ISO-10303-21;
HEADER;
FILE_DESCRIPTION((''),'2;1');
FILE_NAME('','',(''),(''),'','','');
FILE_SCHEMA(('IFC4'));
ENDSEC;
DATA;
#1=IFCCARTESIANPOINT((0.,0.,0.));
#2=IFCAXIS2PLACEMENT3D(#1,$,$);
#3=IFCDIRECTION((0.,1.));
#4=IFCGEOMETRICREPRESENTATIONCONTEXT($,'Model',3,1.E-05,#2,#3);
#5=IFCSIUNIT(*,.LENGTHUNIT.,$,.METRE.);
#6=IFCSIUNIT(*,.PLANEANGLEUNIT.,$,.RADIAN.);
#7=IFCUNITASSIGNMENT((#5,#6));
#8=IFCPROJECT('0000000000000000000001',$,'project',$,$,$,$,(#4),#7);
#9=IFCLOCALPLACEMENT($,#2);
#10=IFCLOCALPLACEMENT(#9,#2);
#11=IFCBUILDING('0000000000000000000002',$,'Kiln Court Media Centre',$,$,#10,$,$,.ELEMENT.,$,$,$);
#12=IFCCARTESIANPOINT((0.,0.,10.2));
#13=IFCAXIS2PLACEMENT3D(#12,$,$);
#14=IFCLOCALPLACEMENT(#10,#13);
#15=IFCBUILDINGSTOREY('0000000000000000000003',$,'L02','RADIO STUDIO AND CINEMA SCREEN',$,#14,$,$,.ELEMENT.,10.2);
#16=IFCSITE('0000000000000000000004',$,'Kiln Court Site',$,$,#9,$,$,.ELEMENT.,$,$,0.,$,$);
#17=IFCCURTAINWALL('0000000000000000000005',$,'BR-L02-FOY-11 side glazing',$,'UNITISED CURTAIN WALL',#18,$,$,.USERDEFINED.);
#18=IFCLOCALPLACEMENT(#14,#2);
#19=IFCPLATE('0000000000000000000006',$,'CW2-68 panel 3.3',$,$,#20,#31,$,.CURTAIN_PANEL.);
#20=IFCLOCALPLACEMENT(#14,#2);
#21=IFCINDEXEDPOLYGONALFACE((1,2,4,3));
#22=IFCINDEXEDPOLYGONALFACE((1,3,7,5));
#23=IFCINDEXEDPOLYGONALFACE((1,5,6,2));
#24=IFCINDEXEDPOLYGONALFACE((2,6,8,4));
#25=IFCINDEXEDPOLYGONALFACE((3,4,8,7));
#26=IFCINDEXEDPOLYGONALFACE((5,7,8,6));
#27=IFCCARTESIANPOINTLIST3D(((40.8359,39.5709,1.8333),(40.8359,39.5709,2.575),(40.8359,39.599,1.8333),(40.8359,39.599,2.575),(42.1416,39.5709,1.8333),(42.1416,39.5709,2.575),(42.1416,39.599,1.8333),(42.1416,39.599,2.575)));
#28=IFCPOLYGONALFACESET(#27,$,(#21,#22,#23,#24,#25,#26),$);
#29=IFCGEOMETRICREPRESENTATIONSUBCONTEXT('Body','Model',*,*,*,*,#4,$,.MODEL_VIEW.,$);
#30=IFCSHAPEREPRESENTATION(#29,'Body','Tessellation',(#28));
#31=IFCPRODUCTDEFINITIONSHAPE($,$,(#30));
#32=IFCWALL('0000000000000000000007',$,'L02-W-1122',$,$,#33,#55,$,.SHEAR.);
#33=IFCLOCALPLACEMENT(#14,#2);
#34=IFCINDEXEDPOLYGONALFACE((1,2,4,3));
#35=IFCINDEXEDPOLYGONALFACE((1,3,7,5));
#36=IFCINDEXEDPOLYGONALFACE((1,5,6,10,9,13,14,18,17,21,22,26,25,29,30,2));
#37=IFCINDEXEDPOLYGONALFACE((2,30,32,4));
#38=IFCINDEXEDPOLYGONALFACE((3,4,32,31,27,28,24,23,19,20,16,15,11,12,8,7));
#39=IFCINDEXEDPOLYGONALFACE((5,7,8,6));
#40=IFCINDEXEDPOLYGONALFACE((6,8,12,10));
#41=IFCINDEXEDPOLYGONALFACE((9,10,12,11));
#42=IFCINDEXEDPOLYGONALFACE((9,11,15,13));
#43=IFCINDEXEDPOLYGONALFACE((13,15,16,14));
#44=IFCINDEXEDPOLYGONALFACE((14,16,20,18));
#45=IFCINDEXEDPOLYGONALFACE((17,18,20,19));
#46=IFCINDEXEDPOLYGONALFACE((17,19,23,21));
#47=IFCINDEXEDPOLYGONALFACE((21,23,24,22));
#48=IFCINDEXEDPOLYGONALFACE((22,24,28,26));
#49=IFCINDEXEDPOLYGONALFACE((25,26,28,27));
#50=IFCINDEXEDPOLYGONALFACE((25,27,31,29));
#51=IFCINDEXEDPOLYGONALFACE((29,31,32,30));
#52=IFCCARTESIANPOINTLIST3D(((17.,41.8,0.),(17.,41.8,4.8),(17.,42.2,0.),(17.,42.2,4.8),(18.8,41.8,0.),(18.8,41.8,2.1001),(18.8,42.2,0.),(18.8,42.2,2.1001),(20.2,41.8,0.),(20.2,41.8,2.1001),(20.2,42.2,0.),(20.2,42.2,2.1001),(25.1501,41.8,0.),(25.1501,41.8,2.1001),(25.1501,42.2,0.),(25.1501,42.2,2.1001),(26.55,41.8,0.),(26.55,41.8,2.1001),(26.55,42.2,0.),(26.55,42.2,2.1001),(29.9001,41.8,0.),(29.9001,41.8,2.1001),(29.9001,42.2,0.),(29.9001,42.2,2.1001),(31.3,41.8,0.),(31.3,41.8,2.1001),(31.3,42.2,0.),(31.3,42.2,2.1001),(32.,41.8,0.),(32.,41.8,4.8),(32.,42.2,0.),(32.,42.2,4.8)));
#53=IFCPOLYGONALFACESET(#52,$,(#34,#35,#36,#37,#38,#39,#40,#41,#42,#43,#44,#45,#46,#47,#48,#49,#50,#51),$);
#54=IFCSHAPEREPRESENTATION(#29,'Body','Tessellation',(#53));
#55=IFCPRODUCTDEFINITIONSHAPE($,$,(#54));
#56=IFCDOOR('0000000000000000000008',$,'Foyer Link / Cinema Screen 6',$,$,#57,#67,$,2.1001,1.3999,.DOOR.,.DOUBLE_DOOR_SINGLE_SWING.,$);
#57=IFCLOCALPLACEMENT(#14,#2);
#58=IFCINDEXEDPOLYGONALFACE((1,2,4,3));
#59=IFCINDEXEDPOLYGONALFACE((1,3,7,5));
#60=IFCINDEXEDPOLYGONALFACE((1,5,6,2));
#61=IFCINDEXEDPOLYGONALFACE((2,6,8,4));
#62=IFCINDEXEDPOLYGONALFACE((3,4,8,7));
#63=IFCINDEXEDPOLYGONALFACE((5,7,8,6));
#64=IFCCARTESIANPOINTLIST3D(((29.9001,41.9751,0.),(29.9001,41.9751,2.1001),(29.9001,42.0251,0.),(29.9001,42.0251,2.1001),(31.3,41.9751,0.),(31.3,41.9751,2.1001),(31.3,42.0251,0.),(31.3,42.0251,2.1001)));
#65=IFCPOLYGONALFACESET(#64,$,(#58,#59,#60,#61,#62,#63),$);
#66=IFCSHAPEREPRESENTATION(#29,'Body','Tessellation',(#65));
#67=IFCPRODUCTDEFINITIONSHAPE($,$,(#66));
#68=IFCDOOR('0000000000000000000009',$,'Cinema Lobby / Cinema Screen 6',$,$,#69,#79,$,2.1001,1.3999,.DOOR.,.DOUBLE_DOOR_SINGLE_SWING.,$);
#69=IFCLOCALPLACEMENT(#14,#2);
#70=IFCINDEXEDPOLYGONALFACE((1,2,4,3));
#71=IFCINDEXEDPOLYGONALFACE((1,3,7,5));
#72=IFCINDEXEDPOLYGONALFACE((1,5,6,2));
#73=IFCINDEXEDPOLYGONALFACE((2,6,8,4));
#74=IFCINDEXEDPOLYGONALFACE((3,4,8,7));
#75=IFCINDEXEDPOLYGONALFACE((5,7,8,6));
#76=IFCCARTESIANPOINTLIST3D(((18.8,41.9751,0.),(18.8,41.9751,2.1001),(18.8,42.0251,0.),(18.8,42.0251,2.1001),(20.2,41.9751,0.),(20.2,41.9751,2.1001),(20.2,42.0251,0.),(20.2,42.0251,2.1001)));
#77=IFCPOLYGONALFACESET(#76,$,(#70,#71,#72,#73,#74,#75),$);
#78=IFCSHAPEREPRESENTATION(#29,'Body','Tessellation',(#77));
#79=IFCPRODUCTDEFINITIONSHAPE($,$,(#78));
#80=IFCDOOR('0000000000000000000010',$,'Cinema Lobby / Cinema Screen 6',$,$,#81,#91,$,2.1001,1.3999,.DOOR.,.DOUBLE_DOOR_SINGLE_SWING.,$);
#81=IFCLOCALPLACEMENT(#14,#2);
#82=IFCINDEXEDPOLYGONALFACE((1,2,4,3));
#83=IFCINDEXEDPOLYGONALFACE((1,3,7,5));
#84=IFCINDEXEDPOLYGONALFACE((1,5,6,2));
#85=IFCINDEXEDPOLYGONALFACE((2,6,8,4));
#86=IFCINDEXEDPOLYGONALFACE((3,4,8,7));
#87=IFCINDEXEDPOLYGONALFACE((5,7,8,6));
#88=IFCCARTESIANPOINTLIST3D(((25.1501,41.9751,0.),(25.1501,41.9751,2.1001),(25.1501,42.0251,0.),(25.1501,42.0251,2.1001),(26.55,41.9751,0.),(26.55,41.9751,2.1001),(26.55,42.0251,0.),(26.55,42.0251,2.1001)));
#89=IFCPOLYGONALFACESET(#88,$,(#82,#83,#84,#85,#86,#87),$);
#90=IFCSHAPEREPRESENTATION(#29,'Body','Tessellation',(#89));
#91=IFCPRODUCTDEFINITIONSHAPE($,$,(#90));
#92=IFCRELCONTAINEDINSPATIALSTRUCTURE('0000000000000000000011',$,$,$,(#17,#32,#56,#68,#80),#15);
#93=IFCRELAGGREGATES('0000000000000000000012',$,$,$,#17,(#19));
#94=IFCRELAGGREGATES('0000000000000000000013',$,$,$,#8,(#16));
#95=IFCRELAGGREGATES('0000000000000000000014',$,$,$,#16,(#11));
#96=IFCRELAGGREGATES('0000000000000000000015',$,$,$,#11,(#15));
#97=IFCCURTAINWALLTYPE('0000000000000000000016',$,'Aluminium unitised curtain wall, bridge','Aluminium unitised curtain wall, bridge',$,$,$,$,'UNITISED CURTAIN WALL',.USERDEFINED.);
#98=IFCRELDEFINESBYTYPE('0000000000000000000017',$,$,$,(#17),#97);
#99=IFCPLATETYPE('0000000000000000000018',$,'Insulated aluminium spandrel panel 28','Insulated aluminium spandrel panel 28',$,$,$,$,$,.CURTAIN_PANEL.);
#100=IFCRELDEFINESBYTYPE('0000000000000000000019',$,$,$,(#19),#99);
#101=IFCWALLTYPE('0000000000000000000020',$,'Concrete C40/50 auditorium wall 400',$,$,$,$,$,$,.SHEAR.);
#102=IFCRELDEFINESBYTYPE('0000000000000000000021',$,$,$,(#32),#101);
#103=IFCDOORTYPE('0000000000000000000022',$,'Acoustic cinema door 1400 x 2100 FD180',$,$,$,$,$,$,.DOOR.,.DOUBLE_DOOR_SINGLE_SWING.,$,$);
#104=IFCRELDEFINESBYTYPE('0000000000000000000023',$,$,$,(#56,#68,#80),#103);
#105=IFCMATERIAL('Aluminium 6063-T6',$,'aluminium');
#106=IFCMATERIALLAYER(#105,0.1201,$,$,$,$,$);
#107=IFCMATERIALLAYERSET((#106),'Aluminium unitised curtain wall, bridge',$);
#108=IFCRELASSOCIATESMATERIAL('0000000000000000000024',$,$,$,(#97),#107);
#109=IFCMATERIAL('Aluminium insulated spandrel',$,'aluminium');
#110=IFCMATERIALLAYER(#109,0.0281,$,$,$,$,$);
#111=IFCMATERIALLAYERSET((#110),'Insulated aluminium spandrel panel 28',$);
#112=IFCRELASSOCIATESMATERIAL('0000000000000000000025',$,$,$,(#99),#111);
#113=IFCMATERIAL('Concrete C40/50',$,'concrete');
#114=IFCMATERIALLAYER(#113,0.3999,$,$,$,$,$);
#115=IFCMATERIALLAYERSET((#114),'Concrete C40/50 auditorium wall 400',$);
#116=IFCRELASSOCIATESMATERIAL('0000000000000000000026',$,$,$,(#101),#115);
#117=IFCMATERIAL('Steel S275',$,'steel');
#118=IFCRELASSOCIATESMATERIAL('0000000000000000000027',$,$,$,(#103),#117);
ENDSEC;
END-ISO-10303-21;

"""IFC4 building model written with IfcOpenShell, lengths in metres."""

from ifc_helpers import new_model, si_unit, direction, frame, frame_2d, origin, origin_2d, place, context, subcontext, project, spatial, rectangle, extrude, material, layer, layer_set, type_object, element, fill, aggregate, save


model = new_model("IFC4")

# Units and contexts
model_context = context("Model", 3, precision=1e-05, world=origin(), true_north=direction((0.0, 1.0)))
body_context = subcontext(model_context, "Body", "Model", "MODEL_VIEW")
ifc_project = project(units=[si_unit("LENGTHUNIT", "METRE"), si_unit("PLANEANGLEUNIT", "RADIAN")], contexts=[model_context])

# Site, building, storey
site_placement = place(None, origin())
site = spatial("IfcSite", under=ifc_project, at=site_placement, Name="Kiln Court Site", CompositionType="ELEMENT", RefElevation=0.0)
building_placement = place(site_placement, origin())
building = spatial("IfcBuilding", under=site, at=building_placement, Name="Kiln Court Media Centre", CompositionType="ELEMENT")
storey_placement = place(building_placement, frame((0.0, 0.0, 10.2)))
storey = spatial("IfcBuildingStorey", under=building, at=storey_placement, Name="L02", Description="RADIO STUDIO AND CINEMA SCREEN", CompositionType="ELEMENT", Elevation=10.2)

# Curtain wall, plate
ifc_material_1 = material(Name="Aluminium 6063-T6", Category="aluminium")
ifc_layer_1 = layer(ifc_material_1, 0.1201)
ifc_layer_set_1 = layer_set([ifc_layer_1], Name="Aluminium unitised curtain wall, bridge")
curtain_wall_type = type_object("IfcCurtainWallType", Name="Aluminium unitised curtain wall, bridge", Description="Aluminium unitised curtain wall, bridge", ElementType="UNITISED CURTAIN WALL", PredefinedType="USERDEFINED", material=ifc_layer_set_1)
curtain_wall_placement = place(storey_placement, origin())
curtain_wall = element("IfcCurtainWall", 1, at=curtain_wall_placement, inside=storey, type_object=curtain_wall_type, Name="BR-L02-FOY-11 side glazing", ObjectType="UNITISED CURTAIN WALL", PredefinedType="USERDEFINED")
ifc_material_2 = material(Name="Aluminium insulated spandrel", Category="aluminium")
ifc_layer_2 = layer(ifc_material_2, 0.0281)
ifc_layer_set_2 = layer_set([ifc_layer_2], Name="Insulated aluminium spandrel panel 28")
plate_type = type_object("IfcPlateType", Name="Insulated aluminium spandrel panel 28", Description="Insulated aluminium spandrel panel 28", PredefinedType="CURTAIN_PANEL", material=ifc_layer_set_2)
plate_1_placement = place(storey_placement, frame((41.4888, 39.585, 1.8333), z_axis=(0.0, 0.0, 1.0), x_axis=(1.0, 0.0, 0.0)))
plate_1 = element("IfcPlate", 2, at=plate_1_placement, type_object=plate_type, Name="CW2-68 panel 3.3", PredefinedType="CURTAIN_PANEL", context=body_context, shape_type="SweptSolid", body=[
    extrude(rectangle(XDim=1.3057, YDim=0.0281, at=origin_2d()), origin(), (0.0, 0.0, 1.0), 0.7417),
])
aggregate(curtain_wall, [plate_1])

# Wall, openings, doors
ifc_material_3 = material(Name="Concrete C40/50", Category="concrete")
ifc_layer_3 = layer(ifc_material_3, 0.3999)
ifc_layer_set_3 = layer_set([ifc_layer_3], Name="Concrete C40/50 auditorium wall 400")
wall_type = type_object("IfcWallType", Name="Concrete C40/50 auditorium wall 400", PredefinedType="SHEAR", material=ifc_layer_set_3)
wall_placement = place(storey_placement, frame((32.0, 42.0, 0.0), z_axis=(0.0, 0.0, 1.0), x_axis=(-1.0, 0.0, 0.0)))
wall = element("IfcWall", 3, at=wall_placement, inside=storey, type_object=wall_type, Name="L02-W-1122", PredefinedType="SHEAR", context=body_context, shape_type="SweptSolid", body=[
    extrude(rectangle(XDim=15.0, YDim=0.3999, at=frame_2d((7.5, 0.0))), origin(), (0.0, 0.0, 1.0), 4.8),
])
opening_1_placement = place(wall_placement, frame((0.7, 0.0, 0.0)))
opening_1 = element("IfcOpeningElement", 4, at=opening_1_placement, cuts=wall, PredefinedType="OPENING", context=body_context, shape_type="SweptSolid", body=[
    extrude(rectangle(XDim=1.3999, YDim=2.1001, at=frame_2d((0.7, 1.05))), frame((0.0, 0.21, 0.0), z_axis=(0.0, -1.0, 0.0), x_axis=(1.0, 0.0, 0.0)), (0.0, 0.0, 1.0), 0.4199),
])
opening_2_placement = place(wall_placement, frame((11.8, 0.0, 0.0)))
opening_2 = element("IfcOpeningElement", 5, at=opening_2_placement, cuts=wall, PredefinedType="OPENING", context=body_context, shape_type="SweptSolid", body=[
    extrude(rectangle(XDim=1.3999, YDim=2.1001, at=frame_2d((0.7, 1.05))), frame((0.0, 0.21, 0.0), z_axis=(0.0, -1.0, 0.0), x_axis=(1.0, 0.0, 0.0)), (0.0, 0.0, 1.0), 0.4199),
])
opening_3_placement = place(wall_placement, frame((5.45, 0.0, 0.0)))
opening_3 = element("IfcOpeningElement", 6, at=opening_3_placement, cuts=wall, PredefinedType="OPENING", context=body_context, shape_type="SweptSolid", body=[
    extrude(rectangle(XDim=1.3999, YDim=2.1001, at=frame_2d((0.7, 1.05))), frame((0.0, 0.21, 0.0), z_axis=(0.0, -1.0, 0.0), x_axis=(1.0, 0.0, 0.0)), (0.0, 0.0, 1.0), 0.4199),
])
ifc_material_4 = material(Name="Steel S275", Category="steel")
door_type = type_object("IfcDoorType", Name="Acoustic cinema door 1400 x 2100 FD180", OperationType="DOUBLE_DOOR_SINGLE_SWING", PredefinedType="DOOR", material=ifc_material_4)
door_1_placement = place(opening_1_placement, origin())
door_1 = element("IfcDoor", 7, at=door_1_placement, inside=storey, type_object=door_type, Name="Foyer Link / Cinema Screen 6", OperationType="DOUBLE_DOOR_SINGLE_SWING", OverallHeight=2.1001, OverallWidth=1.3999, PredefinedType="DOOR", context=body_context, shape_type="SweptSolid", body=[
    extrude(rectangle(XDim=1.3999, YDim=2.1001, at=frame_2d((0.7, 1.05))), frame((0.0, 0.0249, 0.0), z_axis=(0.0, -1.0, 0.0), x_axis=(1.0, 0.0, 0.0)), (0.0, 0.0, 1.0), 0.05),
])
fill(opening_1, door_1)
door_2_placement = place(opening_2_placement, origin())
door_2 = element("IfcDoor", 8, at=door_2_placement, inside=storey, type_object=door_type, Name="Cinema Lobby / Cinema Screen 6", OperationType="DOUBLE_DOOR_SINGLE_SWING", OverallHeight=2.1001, OverallWidth=1.3999, PredefinedType="DOOR", context=body_context, shape_type="SweptSolid", body=[
    extrude(rectangle(XDim=1.3999, YDim=2.1001, at=frame_2d((0.7, 1.05))), frame((0.0, 0.0249, 0.0), z_axis=(0.0, -1.0, 0.0), x_axis=(1.0, 0.0, 0.0)), (0.0, 0.0, 1.0), 0.05),
])
fill(opening_2, door_2)
door_3_placement = place(opening_3_placement, origin())
door_3 = element("IfcDoor", 9, at=door_3_placement, inside=storey, type_object=door_type, Name="Cinema Lobby / Cinema Screen 6", OperationType="DOUBLE_DOOR_SINGLE_SWING", OverallHeight=2.1001, OverallWidth=1.3999, PredefinedType="DOOR", context=body_context, shape_type="SweptSolid", body=[
    extrude(rectangle(XDim=1.3999, YDim=2.1001, at=frame_2d((0.7, 1.05))), frame((0.0, 0.0249, 0.0), z_axis=(0.0, -1.0, 0.0), x_axis=(1.0, 0.0, 0.0)), (0.0, 0.0, 1.0), 0.05),
])
fill(opening_3, door_3)

save(model, "model.ifc")
